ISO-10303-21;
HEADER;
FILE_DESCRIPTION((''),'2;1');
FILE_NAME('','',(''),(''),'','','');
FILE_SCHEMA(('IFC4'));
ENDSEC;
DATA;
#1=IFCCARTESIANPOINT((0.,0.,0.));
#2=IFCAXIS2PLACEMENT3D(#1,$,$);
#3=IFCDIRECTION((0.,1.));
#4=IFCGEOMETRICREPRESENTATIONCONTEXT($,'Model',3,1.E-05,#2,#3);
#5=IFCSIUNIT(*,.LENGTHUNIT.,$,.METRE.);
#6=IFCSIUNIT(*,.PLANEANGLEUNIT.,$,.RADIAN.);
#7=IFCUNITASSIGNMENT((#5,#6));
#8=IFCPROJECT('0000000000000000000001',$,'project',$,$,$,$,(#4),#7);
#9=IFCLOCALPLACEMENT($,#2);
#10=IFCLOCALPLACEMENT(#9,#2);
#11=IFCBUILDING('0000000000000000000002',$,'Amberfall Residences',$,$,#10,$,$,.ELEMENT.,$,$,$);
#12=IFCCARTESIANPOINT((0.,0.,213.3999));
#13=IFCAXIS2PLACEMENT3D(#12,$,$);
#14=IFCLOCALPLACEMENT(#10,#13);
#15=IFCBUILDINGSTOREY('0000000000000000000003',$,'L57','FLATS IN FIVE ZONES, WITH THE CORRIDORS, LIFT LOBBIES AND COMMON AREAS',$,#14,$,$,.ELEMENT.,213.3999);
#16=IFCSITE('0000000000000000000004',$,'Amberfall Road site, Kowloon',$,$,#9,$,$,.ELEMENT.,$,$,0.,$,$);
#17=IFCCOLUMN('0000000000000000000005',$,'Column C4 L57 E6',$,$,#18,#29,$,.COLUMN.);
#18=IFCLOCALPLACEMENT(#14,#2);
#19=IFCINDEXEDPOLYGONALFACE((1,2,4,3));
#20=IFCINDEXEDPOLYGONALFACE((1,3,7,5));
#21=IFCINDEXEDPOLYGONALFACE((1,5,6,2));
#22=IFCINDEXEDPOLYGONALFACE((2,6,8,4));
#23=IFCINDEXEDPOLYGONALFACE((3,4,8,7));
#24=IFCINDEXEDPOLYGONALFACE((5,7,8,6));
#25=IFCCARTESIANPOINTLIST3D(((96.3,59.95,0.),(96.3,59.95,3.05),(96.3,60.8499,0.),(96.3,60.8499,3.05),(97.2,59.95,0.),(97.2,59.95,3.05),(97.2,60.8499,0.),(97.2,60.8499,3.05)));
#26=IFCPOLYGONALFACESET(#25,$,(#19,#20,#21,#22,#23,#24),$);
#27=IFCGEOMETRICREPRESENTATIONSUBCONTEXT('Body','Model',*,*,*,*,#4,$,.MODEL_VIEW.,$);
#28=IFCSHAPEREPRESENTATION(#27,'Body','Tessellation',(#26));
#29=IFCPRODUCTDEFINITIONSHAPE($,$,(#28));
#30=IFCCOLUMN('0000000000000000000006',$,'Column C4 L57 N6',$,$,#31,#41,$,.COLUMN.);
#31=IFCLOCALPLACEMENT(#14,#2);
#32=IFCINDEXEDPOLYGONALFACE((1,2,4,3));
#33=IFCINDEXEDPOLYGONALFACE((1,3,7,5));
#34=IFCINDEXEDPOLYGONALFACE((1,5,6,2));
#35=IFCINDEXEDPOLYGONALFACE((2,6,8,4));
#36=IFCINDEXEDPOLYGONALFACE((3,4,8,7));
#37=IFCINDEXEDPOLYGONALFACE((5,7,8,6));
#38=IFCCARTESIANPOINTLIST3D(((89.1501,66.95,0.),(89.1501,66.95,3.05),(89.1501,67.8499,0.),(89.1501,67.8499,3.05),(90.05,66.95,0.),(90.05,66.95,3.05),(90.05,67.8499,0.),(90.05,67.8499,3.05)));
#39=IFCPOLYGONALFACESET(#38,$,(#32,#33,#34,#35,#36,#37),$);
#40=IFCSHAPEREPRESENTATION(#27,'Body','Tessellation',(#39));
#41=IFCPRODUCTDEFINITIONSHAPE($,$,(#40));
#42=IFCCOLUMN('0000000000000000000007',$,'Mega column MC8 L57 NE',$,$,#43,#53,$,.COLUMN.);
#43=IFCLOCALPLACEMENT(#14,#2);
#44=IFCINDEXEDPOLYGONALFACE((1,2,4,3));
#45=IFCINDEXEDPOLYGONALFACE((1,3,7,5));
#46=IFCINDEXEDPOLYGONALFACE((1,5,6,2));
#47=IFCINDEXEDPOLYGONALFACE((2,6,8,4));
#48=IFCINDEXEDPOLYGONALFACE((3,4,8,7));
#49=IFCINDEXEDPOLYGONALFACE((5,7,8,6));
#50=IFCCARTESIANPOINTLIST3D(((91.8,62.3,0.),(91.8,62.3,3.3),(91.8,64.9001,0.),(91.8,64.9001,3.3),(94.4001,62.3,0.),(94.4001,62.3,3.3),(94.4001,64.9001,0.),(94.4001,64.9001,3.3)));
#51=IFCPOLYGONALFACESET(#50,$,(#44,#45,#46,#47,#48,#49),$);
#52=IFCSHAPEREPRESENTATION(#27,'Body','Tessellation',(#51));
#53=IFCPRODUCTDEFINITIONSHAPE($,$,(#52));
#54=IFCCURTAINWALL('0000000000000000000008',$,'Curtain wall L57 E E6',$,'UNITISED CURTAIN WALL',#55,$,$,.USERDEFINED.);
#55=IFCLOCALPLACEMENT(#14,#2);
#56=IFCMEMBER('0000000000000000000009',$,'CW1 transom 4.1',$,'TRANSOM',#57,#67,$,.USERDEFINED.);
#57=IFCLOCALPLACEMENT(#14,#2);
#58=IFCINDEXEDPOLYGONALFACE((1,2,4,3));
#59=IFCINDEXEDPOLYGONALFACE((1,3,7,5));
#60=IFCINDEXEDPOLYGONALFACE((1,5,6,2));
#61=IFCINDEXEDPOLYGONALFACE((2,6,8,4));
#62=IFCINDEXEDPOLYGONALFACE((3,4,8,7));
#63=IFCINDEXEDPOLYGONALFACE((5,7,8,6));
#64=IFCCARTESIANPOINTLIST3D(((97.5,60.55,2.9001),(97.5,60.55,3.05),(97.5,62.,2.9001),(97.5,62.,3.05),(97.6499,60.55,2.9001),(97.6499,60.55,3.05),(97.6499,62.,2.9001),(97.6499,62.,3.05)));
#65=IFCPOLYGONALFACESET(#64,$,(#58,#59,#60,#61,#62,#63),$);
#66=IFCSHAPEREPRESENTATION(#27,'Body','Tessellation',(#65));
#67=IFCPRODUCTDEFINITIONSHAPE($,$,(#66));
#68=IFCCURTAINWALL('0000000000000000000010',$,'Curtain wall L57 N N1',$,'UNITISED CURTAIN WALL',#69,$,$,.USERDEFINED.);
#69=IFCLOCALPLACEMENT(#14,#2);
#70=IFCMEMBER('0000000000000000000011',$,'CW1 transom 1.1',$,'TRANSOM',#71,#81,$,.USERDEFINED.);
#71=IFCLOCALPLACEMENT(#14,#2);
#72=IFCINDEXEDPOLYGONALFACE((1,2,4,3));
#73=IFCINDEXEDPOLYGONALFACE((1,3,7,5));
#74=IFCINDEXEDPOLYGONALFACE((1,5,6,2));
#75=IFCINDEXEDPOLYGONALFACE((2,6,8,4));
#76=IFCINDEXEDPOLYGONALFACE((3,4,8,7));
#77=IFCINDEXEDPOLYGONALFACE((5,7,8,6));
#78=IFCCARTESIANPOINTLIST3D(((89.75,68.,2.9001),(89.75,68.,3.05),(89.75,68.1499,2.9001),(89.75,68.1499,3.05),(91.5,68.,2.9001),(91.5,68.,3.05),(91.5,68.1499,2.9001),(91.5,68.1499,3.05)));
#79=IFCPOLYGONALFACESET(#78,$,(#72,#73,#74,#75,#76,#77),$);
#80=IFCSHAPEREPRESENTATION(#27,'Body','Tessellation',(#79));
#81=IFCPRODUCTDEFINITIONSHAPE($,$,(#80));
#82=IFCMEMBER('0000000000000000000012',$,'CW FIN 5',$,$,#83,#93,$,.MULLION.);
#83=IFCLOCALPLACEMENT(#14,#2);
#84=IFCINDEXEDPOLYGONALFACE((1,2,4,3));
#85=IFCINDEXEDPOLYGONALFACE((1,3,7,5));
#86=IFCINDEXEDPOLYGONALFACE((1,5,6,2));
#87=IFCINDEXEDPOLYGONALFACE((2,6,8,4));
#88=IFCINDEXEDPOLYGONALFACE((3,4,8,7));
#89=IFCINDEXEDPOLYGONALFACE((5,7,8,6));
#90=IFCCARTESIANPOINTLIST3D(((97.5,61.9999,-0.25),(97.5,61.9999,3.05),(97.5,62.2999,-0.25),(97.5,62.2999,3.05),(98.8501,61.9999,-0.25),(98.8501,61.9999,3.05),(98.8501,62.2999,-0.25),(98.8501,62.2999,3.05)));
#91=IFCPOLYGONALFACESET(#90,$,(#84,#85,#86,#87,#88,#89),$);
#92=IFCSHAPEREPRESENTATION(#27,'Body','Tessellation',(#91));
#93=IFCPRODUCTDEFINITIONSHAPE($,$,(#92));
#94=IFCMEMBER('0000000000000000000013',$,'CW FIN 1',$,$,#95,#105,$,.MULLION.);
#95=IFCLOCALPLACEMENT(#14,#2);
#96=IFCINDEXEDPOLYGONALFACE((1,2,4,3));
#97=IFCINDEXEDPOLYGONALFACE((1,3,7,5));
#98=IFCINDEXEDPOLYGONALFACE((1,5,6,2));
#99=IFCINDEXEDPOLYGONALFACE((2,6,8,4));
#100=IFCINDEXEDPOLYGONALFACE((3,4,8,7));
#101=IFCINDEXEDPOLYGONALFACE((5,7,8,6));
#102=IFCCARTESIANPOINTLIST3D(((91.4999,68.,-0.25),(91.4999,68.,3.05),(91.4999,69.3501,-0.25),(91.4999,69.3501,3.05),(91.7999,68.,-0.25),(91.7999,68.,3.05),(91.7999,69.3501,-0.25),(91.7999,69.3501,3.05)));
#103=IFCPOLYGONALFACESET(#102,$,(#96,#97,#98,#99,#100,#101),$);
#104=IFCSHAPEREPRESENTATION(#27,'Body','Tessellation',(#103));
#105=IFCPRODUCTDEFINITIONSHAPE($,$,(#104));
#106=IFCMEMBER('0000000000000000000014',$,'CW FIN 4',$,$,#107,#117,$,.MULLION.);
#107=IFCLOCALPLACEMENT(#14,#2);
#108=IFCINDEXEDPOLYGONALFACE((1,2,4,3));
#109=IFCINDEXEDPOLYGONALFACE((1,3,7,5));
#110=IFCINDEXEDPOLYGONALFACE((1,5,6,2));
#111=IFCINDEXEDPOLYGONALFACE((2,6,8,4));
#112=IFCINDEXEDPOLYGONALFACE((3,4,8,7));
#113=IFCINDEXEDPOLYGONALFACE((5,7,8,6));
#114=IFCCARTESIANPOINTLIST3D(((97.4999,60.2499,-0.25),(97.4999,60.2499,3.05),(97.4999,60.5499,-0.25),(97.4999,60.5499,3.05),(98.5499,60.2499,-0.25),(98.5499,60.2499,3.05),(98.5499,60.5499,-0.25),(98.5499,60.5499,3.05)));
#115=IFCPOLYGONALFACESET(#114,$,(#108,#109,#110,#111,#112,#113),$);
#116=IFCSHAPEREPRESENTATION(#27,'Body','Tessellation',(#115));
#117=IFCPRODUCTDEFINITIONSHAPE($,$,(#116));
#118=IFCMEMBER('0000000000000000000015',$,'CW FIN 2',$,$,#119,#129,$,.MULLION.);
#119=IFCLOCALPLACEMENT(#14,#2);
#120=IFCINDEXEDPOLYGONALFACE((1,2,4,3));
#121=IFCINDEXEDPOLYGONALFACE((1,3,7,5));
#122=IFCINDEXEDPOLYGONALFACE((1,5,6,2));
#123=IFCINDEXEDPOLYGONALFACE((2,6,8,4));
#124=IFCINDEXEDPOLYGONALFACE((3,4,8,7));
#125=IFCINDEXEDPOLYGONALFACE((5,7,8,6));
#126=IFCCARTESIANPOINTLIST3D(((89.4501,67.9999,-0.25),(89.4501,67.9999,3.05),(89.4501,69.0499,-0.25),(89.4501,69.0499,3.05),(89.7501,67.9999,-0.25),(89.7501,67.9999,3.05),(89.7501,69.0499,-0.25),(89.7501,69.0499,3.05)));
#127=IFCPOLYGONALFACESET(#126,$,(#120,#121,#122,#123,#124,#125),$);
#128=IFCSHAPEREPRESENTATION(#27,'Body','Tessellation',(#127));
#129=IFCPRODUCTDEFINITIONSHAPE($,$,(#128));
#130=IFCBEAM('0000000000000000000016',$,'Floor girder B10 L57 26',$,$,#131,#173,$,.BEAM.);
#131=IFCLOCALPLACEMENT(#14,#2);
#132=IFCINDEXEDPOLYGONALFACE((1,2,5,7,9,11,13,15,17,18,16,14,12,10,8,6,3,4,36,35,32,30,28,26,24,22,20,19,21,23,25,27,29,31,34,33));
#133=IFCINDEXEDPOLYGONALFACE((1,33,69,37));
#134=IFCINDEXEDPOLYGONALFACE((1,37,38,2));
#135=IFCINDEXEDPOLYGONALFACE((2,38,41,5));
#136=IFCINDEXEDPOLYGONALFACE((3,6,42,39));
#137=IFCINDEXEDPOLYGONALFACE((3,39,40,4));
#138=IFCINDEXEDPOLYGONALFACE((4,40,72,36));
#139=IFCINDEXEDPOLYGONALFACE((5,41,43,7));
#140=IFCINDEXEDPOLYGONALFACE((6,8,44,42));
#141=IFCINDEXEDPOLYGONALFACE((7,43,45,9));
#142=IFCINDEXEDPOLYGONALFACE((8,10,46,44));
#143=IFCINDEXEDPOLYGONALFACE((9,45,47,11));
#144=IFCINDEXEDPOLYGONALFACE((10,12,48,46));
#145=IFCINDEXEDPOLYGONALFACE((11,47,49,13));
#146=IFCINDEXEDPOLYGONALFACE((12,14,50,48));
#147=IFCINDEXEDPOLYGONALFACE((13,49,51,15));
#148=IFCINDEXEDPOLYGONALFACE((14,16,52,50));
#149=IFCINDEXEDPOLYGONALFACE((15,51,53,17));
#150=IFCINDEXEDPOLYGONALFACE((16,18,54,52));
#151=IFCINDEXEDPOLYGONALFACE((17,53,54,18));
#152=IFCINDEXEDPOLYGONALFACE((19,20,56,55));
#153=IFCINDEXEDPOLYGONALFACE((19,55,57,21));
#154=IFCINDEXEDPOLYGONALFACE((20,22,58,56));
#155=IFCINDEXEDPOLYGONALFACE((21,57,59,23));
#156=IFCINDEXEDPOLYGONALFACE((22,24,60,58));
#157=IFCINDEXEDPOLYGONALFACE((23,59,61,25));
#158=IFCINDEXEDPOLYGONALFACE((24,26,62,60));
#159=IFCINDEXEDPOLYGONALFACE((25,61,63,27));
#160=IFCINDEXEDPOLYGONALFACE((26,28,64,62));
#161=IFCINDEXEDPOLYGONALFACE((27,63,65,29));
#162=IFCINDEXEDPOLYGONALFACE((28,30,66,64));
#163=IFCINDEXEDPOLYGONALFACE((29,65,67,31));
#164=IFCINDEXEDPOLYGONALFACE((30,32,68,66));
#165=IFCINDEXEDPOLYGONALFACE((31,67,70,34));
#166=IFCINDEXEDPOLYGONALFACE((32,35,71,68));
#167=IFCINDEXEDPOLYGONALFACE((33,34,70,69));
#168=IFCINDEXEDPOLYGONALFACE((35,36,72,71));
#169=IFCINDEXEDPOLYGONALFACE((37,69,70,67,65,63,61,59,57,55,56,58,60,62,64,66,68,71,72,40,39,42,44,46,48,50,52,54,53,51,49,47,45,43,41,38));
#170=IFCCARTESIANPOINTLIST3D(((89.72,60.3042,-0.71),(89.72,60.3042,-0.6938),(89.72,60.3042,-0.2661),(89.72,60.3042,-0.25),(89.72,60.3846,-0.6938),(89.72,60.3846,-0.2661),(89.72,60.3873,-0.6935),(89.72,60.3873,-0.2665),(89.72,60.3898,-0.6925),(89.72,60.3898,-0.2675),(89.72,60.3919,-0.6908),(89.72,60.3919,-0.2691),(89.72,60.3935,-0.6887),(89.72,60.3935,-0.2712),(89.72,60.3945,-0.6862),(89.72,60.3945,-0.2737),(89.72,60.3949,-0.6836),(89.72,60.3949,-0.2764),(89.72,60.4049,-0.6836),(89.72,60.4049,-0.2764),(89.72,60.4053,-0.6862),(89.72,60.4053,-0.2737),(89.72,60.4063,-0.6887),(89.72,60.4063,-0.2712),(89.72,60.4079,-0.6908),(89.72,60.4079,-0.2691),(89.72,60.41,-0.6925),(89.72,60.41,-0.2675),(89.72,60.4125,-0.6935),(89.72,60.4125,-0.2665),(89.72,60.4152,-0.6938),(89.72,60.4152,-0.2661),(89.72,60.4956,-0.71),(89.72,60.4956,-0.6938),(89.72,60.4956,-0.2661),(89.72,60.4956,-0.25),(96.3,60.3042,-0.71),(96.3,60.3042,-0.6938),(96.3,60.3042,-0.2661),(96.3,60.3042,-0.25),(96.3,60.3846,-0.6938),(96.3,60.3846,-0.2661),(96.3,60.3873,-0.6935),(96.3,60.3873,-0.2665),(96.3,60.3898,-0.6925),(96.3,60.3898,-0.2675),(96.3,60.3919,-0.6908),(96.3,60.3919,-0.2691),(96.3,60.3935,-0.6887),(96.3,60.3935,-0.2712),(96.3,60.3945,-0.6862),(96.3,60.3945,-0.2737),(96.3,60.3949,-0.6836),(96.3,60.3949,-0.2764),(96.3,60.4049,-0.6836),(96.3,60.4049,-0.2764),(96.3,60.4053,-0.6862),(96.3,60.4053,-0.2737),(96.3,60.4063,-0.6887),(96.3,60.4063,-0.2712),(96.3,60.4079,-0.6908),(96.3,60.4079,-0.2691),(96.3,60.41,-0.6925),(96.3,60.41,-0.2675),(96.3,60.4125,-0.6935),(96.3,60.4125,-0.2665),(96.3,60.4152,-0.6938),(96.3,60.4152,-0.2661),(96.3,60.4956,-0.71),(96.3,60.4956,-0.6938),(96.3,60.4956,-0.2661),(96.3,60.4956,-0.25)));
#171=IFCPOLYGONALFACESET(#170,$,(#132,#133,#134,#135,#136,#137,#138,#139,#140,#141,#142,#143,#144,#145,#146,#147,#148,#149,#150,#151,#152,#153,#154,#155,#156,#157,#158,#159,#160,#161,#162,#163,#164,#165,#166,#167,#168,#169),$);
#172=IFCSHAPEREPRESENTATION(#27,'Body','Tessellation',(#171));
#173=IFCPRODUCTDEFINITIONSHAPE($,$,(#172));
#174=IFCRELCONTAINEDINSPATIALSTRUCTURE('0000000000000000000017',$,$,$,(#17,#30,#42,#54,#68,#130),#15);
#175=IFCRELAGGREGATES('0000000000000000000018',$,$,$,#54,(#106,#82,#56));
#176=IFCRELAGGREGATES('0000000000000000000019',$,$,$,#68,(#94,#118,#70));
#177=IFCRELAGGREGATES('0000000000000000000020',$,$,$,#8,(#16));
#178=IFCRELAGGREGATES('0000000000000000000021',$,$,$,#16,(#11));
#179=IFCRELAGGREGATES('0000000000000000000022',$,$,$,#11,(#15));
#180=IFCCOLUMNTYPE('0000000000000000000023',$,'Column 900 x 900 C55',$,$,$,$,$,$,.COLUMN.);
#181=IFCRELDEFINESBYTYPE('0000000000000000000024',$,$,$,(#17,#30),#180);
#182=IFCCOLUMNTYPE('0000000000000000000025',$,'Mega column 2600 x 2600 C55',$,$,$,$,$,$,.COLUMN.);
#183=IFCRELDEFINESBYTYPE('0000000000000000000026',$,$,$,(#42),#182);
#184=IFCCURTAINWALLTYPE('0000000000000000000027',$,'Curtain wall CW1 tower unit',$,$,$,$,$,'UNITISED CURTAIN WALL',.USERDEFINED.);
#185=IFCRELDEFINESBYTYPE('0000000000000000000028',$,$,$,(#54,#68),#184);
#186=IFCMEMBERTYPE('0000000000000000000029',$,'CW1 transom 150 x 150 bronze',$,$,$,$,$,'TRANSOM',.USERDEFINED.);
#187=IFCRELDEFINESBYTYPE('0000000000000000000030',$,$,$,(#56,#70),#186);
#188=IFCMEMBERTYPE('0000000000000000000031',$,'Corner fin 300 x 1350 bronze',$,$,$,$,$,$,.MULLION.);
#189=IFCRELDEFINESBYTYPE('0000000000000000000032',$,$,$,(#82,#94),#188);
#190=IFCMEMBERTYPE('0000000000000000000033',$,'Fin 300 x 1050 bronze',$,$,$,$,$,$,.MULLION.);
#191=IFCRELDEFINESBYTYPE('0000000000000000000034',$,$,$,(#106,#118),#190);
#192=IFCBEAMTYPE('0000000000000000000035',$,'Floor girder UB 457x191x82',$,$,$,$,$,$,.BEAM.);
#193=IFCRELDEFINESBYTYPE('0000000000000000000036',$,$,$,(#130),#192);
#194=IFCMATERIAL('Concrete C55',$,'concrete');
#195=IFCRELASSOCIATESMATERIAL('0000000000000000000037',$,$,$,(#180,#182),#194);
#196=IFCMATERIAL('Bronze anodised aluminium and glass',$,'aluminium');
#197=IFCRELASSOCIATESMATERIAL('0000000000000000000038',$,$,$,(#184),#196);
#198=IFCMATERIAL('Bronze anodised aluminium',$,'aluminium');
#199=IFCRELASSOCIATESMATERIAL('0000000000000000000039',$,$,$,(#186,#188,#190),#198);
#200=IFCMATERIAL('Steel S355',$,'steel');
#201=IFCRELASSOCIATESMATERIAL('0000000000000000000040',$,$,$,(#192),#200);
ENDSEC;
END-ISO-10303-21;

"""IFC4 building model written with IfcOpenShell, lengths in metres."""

from ifc_helpers import new_model, si_unit, direction, frame, origin, origin_2d, place, context, subcontext, project, spatial, rectangle, i_section, extrude, material, material_profile, profile_set, type_object, element, aggregate, save


model = new_model("IFC4")

# Units and contexts
model_context = context("Model", 3, precision=1e-05, world=origin(), true_north=direction((0.0, 1.0)))
body_context = subcontext(model_context, "Body", "Model", "MODEL_VIEW")
ifc_project = project(units=[si_unit("LENGTHUNIT", "METRE"), si_unit("PLANEANGLEUNIT", "RADIAN")], contexts=[model_context])

# Site, building, storey
site_placement = place(None, origin())
site = spatial("IfcSite", under=ifc_project, at=site_placement, Name="Amberfall Road site, Kowloon", CompositionType="ELEMENT", RefElevation=0.0)
building_placement = place(site_placement, origin())
building = spatial("IfcBuilding", under=site, at=building_placement, Name="Amberfall Residences", CompositionType="ELEMENT")
storey_placement = place(building_placement, frame((0.0, 0.0, 213.3999)))
storey = spatial("IfcBuildingStorey", under=building, at=storey_placement, Name="L57", Description="FLATS IN FIVE ZONES, WITH THE CORRIDORS, LIFT LOBBIES AND COMMON AREAS", CompositionType="ELEMENT", Elevation=213.3999)

# Columns
ifc_material_1 = material(Name="Concrete C55", Category="concrete")
ifc_material_profile_1 = material_profile(ifc_material_1, rectangle(XDim=0.8999, YDim=0.8999, at=origin_2d()), Name="Column 900 x 900 C55")
ifc_profile_set_1 = profile_set([ifc_material_profile_1], Name="Concrete C55")
column_type_1 = type_object("IfcColumnType", Name="Column 900 x 900 C55", PredefinedType="COLUMN", material=ifc_profile_set_1)
for number, where, z_axis, x_axis, name in (
    (1, (96.75, 60.3999, 0.0), (0.0, 0.0, 1.0), (1.0, 0.0, 0.0), "Column C4 L57 E6"),
    (2, (89.6001, 67.3999, 0.0), (0.0, 0.0, 1.0), (1.0, 0.0, 0.0), "Column C4 L57 N6"),
):
    element("IfcColumn", number, at=place(storey_placement, frame(where, z_axis=z_axis, x_axis=x_axis)), inside=storey, type_object=column_type_1, Name=name, PredefinedType="COLUMN", context=body_context, shape_type="SweptSolid", body=[
        extrude(rectangle(XDim=0.8999, YDim=0.8999, at=origin_2d()), origin(), (0.0, 0.0, 1.0), 3.05),
    ])
ifc_material_profile_2 = material_profile(ifc_material_1, rectangle(XDim=2.6001, YDim=2.6001, at=origin_2d()), Name="Mega column 2600 x 2600 C55")
ifc_profile_set_2 = profile_set([ifc_material_profile_2], Name="Concrete C55")
column_type_2 = type_object("IfcColumnType", Name="Mega column 2600 x 2600 C55", PredefinedType="COLUMN", material=ifc_profile_set_2)
column_placement = place(storey_placement, frame((93.1001, 63.6001, 0.0), z_axis=(0.0, 0.0, 1.0), x_axis=(1.0, 0.0, 0.0)))
element("IfcColumn", 3, at=column_placement, inside=storey, type_object=column_type_2, Name="Mega column MC8 L57 NE", PredefinedType="COLUMN", context=body_context, shape_type="SweptSolid", body=[
    extrude(rectangle(XDim=2.6001, YDim=2.6001, at=origin_2d()), origin(), (0.0, 0.0, 1.0), 3.3),
])

# Curtain walls, members
ifc_material_2 = material(Name="Bronze anodised aluminium and glass", Category="aluminium")
curtain_wall_type = type_object("IfcCurtainWallType", Name="Curtain wall CW1 tower unit", ElementType="UNITISED CURTAIN WALL", PredefinedType="USERDEFINED", material=ifc_material_2)
curtain_wall_1_placement = place(storey_placement, origin())
curtain_wall_1 = element("IfcCurtainWall", 4, at=curtain_wall_1_placement, inside=storey, type_object=curtain_wall_type, Name="Curtain wall L57 E E6", ObjectType="UNITISED CURTAIN WALL", PredefinedType="USERDEFINED")
ifc_material_3 = material(Name="Bronze anodised aluminium", Category="aluminium")
ifc_material_profile_3 = material_profile(ifc_material_3, rectangle(XDim=0.1499, YDim=0.1499, at=origin_2d()), Name="CW1 transom 150 x 150 bronze")
ifc_profile_set_3 = profile_set([ifc_material_profile_3], Name="Bronze anodised aluminium")
member_type_1 = type_object("IfcMemberType", Name="CW1 transom 150 x 150 bronze", ElementType="TRANSOM", PredefinedType="USERDEFINED", material=ifc_profile_set_3)
member_1_placement = place(storey_placement, frame((97.575, 60.55, 2.9751), z_axis=(0.0, 1.0, 0.0), x_axis=(-1.0, 0.0, 0.0)))
member_1 = element("IfcMember", 5, at=member_1_placement, type_object=member_type_1, Name="CW1 transom 4.1", ObjectType="TRANSOM", PredefinedType="USERDEFINED", context=body_context, shape_type="SweptSolid", body=[
    extrude(rectangle(XDim=0.1499, YDim=0.1499, at=origin_2d()), origin(), (0.0, 0.0, 1.0), 1.45),
])
curtain_wall_2_placement = place(storey_placement, origin())
curtain_wall_2 = element("IfcCurtainWall", 6, at=curtain_wall_2_placement, inside=storey, type_object=curtain_wall_type, Name="Curtain wall L57 N N1", ObjectType="UNITISED CURTAIN WALL", PredefinedType="USERDEFINED")
member_2_placement = place(storey_placement, frame((91.5, 68.075, 2.9751), z_axis=(-1.0, 0.0, 0.0), x_axis=(0.0, -1.0, 0.0)))
member_2 = element("IfcMember", 7, at=member_2_placement, type_object=member_type_1, Name="CW1 transom 1.1", ObjectType="TRANSOM", PredefinedType="USERDEFINED", context=body_context, shape_type="SweptSolid", body=[
    extrude(rectangle(XDim=0.1499, YDim=0.1499, at=origin_2d()), origin(), (0.0, 0.0, 1.0), 1.75),
])

# Members
ifc_material_profile_4 = material_profile(ifc_material_3, rectangle(XDim=1.3501, YDim=0.3, at=origin_2d()), Name="Corner fin 300 x 1350 bronze")
ifc_profile_set_4 = profile_set([ifc_material_profile_4], Name="Bronze anodised aluminium")
member_type_2 = type_object("IfcMemberType", Name="Corner fin 300 x 1350 bronze", PredefinedType="MULLION", material=ifc_profile_set_4)
member_3_placement = place(storey_placement, frame((98.175, 62.1499, -0.25), z_axis=(0.0, 0.0, 1.0), x_axis=(-1.0, 0.0, 0.0)))
member_3 = element("IfcMember", 8, at=member_3_placement, type_object=member_type_2, Name="CW FIN 5", PredefinedType="MULLION", context=body_context, shape_type="SweptSolid", body=[
    extrude(rectangle(XDim=1.3501, YDim=0.3, at=origin_2d()), origin(), (0.0, 0.0, 1.0), 3.3),
])
member_4_placement = place(storey_placement, frame((91.6499, 68.675, -0.25), z_axis=(0.0, 0.0, 1.0), x_axis=(0.0, -1.0, 0.0)))
member_4 = element("IfcMember", 9, at=member_4_placement, type_object=member_type_2, Name="CW FIN 1", PredefinedType="MULLION", context=body_context, shape_type="SweptSolid", body=[
    extrude(rectangle(XDim=1.3501, YDim=0.3, at=origin_2d()), origin(), (0.0, 0.0, 1.0), 3.3),
])
ifc_material_profile_5 = material_profile(ifc_material_3, rectangle(XDim=1.05, YDim=0.3, at=origin_2d()), Name="Fin 300 x 1050 bronze")
ifc_profile_set_5 = profile_set([ifc_material_profile_5], Name="Bronze anodised aluminium")
member_type_3 = type_object("IfcMemberType", Name="Fin 300 x 1050 bronze", PredefinedType="MULLION", material=ifc_profile_set_5)
member_5_placement = place(storey_placement, frame((98.0249, 60.3999, -0.25), z_axis=(0.0, 0.0, 1.0), x_axis=(-1.0, 0.0, 0.0)))
member_5 = element("IfcMember", 10, at=member_5_placement, type_object=member_type_3, Name="CW FIN 4", PredefinedType="MULLION", context=body_context, shape_type="SweptSolid", body=[
    extrude(rectangle(XDim=1.05, YDim=0.3, at=origin_2d()), origin(), (0.0, 0.0, 1.0), 3.3),
])
member_6_placement = place(storey_placement, frame((89.6001, 68.5249, -0.25), z_axis=(0.0, 0.0, 1.0), x_axis=(0.0, -1.0, 0.0)))
member_6 = element("IfcMember", 11, at=member_6_placement, type_object=member_type_3, Name="CW FIN 2", PredefinedType="MULLION", context=body_context, shape_type="SweptSolid", body=[
    extrude(rectangle(XDim=1.05, YDim=0.3, at=origin_2d()), origin(), (0.0, 0.0, 1.0), 3.3),
])

# Beam
ifc_material_4 = material(Name="Steel S355", Category="steel")
ifc_material_profile_6 = material_profile(ifc_material_4, i_section(OverallWidth=0.1914, OverallDepth=0.46, WebThickness=0.01, FlangeThickness=0.0161, FilletRadius=0.0103, at=origin_2d()), Name="UB 457x191x82")
ifc_profile_set_6 = profile_set([ifc_material_profile_6], Name="Steel S355")
beam_type_1 = type_object("IfcBeamType", Name="Floor girder UB 457x191x82", PredefinedType="BEAM", material=ifc_profile_set_6)
beam_1_placement = place(storey_placement, frame((96.3, 60.3999, -0.48), z_axis=(-1.0, 0.0, 0.0), x_axis=(0.0, -1.0, 0.0)))
element("IfcBeam", 12, at=beam_1_placement, inside=storey, type_object=beam_type_1, Name="Floor girder B10 L57 26", PredefinedType="BEAM", context=body_context, shape_type="SweptSolid", body=[
    extrude(i_section(OverallWidth=0.1914, OverallDepth=0.46, WebThickness=0.01, FlangeThickness=0.0161, FilletRadius=0.0103, at=origin_2d()), origin(), (0.0, 0.0, 1.0), 6.5801),
])

aggregate(curtain_wall_1, [member_5, member_3, member_1])
aggregate(curtain_wall_2, [member_4, member_6, member_2])

save(model, "model.ifc")
